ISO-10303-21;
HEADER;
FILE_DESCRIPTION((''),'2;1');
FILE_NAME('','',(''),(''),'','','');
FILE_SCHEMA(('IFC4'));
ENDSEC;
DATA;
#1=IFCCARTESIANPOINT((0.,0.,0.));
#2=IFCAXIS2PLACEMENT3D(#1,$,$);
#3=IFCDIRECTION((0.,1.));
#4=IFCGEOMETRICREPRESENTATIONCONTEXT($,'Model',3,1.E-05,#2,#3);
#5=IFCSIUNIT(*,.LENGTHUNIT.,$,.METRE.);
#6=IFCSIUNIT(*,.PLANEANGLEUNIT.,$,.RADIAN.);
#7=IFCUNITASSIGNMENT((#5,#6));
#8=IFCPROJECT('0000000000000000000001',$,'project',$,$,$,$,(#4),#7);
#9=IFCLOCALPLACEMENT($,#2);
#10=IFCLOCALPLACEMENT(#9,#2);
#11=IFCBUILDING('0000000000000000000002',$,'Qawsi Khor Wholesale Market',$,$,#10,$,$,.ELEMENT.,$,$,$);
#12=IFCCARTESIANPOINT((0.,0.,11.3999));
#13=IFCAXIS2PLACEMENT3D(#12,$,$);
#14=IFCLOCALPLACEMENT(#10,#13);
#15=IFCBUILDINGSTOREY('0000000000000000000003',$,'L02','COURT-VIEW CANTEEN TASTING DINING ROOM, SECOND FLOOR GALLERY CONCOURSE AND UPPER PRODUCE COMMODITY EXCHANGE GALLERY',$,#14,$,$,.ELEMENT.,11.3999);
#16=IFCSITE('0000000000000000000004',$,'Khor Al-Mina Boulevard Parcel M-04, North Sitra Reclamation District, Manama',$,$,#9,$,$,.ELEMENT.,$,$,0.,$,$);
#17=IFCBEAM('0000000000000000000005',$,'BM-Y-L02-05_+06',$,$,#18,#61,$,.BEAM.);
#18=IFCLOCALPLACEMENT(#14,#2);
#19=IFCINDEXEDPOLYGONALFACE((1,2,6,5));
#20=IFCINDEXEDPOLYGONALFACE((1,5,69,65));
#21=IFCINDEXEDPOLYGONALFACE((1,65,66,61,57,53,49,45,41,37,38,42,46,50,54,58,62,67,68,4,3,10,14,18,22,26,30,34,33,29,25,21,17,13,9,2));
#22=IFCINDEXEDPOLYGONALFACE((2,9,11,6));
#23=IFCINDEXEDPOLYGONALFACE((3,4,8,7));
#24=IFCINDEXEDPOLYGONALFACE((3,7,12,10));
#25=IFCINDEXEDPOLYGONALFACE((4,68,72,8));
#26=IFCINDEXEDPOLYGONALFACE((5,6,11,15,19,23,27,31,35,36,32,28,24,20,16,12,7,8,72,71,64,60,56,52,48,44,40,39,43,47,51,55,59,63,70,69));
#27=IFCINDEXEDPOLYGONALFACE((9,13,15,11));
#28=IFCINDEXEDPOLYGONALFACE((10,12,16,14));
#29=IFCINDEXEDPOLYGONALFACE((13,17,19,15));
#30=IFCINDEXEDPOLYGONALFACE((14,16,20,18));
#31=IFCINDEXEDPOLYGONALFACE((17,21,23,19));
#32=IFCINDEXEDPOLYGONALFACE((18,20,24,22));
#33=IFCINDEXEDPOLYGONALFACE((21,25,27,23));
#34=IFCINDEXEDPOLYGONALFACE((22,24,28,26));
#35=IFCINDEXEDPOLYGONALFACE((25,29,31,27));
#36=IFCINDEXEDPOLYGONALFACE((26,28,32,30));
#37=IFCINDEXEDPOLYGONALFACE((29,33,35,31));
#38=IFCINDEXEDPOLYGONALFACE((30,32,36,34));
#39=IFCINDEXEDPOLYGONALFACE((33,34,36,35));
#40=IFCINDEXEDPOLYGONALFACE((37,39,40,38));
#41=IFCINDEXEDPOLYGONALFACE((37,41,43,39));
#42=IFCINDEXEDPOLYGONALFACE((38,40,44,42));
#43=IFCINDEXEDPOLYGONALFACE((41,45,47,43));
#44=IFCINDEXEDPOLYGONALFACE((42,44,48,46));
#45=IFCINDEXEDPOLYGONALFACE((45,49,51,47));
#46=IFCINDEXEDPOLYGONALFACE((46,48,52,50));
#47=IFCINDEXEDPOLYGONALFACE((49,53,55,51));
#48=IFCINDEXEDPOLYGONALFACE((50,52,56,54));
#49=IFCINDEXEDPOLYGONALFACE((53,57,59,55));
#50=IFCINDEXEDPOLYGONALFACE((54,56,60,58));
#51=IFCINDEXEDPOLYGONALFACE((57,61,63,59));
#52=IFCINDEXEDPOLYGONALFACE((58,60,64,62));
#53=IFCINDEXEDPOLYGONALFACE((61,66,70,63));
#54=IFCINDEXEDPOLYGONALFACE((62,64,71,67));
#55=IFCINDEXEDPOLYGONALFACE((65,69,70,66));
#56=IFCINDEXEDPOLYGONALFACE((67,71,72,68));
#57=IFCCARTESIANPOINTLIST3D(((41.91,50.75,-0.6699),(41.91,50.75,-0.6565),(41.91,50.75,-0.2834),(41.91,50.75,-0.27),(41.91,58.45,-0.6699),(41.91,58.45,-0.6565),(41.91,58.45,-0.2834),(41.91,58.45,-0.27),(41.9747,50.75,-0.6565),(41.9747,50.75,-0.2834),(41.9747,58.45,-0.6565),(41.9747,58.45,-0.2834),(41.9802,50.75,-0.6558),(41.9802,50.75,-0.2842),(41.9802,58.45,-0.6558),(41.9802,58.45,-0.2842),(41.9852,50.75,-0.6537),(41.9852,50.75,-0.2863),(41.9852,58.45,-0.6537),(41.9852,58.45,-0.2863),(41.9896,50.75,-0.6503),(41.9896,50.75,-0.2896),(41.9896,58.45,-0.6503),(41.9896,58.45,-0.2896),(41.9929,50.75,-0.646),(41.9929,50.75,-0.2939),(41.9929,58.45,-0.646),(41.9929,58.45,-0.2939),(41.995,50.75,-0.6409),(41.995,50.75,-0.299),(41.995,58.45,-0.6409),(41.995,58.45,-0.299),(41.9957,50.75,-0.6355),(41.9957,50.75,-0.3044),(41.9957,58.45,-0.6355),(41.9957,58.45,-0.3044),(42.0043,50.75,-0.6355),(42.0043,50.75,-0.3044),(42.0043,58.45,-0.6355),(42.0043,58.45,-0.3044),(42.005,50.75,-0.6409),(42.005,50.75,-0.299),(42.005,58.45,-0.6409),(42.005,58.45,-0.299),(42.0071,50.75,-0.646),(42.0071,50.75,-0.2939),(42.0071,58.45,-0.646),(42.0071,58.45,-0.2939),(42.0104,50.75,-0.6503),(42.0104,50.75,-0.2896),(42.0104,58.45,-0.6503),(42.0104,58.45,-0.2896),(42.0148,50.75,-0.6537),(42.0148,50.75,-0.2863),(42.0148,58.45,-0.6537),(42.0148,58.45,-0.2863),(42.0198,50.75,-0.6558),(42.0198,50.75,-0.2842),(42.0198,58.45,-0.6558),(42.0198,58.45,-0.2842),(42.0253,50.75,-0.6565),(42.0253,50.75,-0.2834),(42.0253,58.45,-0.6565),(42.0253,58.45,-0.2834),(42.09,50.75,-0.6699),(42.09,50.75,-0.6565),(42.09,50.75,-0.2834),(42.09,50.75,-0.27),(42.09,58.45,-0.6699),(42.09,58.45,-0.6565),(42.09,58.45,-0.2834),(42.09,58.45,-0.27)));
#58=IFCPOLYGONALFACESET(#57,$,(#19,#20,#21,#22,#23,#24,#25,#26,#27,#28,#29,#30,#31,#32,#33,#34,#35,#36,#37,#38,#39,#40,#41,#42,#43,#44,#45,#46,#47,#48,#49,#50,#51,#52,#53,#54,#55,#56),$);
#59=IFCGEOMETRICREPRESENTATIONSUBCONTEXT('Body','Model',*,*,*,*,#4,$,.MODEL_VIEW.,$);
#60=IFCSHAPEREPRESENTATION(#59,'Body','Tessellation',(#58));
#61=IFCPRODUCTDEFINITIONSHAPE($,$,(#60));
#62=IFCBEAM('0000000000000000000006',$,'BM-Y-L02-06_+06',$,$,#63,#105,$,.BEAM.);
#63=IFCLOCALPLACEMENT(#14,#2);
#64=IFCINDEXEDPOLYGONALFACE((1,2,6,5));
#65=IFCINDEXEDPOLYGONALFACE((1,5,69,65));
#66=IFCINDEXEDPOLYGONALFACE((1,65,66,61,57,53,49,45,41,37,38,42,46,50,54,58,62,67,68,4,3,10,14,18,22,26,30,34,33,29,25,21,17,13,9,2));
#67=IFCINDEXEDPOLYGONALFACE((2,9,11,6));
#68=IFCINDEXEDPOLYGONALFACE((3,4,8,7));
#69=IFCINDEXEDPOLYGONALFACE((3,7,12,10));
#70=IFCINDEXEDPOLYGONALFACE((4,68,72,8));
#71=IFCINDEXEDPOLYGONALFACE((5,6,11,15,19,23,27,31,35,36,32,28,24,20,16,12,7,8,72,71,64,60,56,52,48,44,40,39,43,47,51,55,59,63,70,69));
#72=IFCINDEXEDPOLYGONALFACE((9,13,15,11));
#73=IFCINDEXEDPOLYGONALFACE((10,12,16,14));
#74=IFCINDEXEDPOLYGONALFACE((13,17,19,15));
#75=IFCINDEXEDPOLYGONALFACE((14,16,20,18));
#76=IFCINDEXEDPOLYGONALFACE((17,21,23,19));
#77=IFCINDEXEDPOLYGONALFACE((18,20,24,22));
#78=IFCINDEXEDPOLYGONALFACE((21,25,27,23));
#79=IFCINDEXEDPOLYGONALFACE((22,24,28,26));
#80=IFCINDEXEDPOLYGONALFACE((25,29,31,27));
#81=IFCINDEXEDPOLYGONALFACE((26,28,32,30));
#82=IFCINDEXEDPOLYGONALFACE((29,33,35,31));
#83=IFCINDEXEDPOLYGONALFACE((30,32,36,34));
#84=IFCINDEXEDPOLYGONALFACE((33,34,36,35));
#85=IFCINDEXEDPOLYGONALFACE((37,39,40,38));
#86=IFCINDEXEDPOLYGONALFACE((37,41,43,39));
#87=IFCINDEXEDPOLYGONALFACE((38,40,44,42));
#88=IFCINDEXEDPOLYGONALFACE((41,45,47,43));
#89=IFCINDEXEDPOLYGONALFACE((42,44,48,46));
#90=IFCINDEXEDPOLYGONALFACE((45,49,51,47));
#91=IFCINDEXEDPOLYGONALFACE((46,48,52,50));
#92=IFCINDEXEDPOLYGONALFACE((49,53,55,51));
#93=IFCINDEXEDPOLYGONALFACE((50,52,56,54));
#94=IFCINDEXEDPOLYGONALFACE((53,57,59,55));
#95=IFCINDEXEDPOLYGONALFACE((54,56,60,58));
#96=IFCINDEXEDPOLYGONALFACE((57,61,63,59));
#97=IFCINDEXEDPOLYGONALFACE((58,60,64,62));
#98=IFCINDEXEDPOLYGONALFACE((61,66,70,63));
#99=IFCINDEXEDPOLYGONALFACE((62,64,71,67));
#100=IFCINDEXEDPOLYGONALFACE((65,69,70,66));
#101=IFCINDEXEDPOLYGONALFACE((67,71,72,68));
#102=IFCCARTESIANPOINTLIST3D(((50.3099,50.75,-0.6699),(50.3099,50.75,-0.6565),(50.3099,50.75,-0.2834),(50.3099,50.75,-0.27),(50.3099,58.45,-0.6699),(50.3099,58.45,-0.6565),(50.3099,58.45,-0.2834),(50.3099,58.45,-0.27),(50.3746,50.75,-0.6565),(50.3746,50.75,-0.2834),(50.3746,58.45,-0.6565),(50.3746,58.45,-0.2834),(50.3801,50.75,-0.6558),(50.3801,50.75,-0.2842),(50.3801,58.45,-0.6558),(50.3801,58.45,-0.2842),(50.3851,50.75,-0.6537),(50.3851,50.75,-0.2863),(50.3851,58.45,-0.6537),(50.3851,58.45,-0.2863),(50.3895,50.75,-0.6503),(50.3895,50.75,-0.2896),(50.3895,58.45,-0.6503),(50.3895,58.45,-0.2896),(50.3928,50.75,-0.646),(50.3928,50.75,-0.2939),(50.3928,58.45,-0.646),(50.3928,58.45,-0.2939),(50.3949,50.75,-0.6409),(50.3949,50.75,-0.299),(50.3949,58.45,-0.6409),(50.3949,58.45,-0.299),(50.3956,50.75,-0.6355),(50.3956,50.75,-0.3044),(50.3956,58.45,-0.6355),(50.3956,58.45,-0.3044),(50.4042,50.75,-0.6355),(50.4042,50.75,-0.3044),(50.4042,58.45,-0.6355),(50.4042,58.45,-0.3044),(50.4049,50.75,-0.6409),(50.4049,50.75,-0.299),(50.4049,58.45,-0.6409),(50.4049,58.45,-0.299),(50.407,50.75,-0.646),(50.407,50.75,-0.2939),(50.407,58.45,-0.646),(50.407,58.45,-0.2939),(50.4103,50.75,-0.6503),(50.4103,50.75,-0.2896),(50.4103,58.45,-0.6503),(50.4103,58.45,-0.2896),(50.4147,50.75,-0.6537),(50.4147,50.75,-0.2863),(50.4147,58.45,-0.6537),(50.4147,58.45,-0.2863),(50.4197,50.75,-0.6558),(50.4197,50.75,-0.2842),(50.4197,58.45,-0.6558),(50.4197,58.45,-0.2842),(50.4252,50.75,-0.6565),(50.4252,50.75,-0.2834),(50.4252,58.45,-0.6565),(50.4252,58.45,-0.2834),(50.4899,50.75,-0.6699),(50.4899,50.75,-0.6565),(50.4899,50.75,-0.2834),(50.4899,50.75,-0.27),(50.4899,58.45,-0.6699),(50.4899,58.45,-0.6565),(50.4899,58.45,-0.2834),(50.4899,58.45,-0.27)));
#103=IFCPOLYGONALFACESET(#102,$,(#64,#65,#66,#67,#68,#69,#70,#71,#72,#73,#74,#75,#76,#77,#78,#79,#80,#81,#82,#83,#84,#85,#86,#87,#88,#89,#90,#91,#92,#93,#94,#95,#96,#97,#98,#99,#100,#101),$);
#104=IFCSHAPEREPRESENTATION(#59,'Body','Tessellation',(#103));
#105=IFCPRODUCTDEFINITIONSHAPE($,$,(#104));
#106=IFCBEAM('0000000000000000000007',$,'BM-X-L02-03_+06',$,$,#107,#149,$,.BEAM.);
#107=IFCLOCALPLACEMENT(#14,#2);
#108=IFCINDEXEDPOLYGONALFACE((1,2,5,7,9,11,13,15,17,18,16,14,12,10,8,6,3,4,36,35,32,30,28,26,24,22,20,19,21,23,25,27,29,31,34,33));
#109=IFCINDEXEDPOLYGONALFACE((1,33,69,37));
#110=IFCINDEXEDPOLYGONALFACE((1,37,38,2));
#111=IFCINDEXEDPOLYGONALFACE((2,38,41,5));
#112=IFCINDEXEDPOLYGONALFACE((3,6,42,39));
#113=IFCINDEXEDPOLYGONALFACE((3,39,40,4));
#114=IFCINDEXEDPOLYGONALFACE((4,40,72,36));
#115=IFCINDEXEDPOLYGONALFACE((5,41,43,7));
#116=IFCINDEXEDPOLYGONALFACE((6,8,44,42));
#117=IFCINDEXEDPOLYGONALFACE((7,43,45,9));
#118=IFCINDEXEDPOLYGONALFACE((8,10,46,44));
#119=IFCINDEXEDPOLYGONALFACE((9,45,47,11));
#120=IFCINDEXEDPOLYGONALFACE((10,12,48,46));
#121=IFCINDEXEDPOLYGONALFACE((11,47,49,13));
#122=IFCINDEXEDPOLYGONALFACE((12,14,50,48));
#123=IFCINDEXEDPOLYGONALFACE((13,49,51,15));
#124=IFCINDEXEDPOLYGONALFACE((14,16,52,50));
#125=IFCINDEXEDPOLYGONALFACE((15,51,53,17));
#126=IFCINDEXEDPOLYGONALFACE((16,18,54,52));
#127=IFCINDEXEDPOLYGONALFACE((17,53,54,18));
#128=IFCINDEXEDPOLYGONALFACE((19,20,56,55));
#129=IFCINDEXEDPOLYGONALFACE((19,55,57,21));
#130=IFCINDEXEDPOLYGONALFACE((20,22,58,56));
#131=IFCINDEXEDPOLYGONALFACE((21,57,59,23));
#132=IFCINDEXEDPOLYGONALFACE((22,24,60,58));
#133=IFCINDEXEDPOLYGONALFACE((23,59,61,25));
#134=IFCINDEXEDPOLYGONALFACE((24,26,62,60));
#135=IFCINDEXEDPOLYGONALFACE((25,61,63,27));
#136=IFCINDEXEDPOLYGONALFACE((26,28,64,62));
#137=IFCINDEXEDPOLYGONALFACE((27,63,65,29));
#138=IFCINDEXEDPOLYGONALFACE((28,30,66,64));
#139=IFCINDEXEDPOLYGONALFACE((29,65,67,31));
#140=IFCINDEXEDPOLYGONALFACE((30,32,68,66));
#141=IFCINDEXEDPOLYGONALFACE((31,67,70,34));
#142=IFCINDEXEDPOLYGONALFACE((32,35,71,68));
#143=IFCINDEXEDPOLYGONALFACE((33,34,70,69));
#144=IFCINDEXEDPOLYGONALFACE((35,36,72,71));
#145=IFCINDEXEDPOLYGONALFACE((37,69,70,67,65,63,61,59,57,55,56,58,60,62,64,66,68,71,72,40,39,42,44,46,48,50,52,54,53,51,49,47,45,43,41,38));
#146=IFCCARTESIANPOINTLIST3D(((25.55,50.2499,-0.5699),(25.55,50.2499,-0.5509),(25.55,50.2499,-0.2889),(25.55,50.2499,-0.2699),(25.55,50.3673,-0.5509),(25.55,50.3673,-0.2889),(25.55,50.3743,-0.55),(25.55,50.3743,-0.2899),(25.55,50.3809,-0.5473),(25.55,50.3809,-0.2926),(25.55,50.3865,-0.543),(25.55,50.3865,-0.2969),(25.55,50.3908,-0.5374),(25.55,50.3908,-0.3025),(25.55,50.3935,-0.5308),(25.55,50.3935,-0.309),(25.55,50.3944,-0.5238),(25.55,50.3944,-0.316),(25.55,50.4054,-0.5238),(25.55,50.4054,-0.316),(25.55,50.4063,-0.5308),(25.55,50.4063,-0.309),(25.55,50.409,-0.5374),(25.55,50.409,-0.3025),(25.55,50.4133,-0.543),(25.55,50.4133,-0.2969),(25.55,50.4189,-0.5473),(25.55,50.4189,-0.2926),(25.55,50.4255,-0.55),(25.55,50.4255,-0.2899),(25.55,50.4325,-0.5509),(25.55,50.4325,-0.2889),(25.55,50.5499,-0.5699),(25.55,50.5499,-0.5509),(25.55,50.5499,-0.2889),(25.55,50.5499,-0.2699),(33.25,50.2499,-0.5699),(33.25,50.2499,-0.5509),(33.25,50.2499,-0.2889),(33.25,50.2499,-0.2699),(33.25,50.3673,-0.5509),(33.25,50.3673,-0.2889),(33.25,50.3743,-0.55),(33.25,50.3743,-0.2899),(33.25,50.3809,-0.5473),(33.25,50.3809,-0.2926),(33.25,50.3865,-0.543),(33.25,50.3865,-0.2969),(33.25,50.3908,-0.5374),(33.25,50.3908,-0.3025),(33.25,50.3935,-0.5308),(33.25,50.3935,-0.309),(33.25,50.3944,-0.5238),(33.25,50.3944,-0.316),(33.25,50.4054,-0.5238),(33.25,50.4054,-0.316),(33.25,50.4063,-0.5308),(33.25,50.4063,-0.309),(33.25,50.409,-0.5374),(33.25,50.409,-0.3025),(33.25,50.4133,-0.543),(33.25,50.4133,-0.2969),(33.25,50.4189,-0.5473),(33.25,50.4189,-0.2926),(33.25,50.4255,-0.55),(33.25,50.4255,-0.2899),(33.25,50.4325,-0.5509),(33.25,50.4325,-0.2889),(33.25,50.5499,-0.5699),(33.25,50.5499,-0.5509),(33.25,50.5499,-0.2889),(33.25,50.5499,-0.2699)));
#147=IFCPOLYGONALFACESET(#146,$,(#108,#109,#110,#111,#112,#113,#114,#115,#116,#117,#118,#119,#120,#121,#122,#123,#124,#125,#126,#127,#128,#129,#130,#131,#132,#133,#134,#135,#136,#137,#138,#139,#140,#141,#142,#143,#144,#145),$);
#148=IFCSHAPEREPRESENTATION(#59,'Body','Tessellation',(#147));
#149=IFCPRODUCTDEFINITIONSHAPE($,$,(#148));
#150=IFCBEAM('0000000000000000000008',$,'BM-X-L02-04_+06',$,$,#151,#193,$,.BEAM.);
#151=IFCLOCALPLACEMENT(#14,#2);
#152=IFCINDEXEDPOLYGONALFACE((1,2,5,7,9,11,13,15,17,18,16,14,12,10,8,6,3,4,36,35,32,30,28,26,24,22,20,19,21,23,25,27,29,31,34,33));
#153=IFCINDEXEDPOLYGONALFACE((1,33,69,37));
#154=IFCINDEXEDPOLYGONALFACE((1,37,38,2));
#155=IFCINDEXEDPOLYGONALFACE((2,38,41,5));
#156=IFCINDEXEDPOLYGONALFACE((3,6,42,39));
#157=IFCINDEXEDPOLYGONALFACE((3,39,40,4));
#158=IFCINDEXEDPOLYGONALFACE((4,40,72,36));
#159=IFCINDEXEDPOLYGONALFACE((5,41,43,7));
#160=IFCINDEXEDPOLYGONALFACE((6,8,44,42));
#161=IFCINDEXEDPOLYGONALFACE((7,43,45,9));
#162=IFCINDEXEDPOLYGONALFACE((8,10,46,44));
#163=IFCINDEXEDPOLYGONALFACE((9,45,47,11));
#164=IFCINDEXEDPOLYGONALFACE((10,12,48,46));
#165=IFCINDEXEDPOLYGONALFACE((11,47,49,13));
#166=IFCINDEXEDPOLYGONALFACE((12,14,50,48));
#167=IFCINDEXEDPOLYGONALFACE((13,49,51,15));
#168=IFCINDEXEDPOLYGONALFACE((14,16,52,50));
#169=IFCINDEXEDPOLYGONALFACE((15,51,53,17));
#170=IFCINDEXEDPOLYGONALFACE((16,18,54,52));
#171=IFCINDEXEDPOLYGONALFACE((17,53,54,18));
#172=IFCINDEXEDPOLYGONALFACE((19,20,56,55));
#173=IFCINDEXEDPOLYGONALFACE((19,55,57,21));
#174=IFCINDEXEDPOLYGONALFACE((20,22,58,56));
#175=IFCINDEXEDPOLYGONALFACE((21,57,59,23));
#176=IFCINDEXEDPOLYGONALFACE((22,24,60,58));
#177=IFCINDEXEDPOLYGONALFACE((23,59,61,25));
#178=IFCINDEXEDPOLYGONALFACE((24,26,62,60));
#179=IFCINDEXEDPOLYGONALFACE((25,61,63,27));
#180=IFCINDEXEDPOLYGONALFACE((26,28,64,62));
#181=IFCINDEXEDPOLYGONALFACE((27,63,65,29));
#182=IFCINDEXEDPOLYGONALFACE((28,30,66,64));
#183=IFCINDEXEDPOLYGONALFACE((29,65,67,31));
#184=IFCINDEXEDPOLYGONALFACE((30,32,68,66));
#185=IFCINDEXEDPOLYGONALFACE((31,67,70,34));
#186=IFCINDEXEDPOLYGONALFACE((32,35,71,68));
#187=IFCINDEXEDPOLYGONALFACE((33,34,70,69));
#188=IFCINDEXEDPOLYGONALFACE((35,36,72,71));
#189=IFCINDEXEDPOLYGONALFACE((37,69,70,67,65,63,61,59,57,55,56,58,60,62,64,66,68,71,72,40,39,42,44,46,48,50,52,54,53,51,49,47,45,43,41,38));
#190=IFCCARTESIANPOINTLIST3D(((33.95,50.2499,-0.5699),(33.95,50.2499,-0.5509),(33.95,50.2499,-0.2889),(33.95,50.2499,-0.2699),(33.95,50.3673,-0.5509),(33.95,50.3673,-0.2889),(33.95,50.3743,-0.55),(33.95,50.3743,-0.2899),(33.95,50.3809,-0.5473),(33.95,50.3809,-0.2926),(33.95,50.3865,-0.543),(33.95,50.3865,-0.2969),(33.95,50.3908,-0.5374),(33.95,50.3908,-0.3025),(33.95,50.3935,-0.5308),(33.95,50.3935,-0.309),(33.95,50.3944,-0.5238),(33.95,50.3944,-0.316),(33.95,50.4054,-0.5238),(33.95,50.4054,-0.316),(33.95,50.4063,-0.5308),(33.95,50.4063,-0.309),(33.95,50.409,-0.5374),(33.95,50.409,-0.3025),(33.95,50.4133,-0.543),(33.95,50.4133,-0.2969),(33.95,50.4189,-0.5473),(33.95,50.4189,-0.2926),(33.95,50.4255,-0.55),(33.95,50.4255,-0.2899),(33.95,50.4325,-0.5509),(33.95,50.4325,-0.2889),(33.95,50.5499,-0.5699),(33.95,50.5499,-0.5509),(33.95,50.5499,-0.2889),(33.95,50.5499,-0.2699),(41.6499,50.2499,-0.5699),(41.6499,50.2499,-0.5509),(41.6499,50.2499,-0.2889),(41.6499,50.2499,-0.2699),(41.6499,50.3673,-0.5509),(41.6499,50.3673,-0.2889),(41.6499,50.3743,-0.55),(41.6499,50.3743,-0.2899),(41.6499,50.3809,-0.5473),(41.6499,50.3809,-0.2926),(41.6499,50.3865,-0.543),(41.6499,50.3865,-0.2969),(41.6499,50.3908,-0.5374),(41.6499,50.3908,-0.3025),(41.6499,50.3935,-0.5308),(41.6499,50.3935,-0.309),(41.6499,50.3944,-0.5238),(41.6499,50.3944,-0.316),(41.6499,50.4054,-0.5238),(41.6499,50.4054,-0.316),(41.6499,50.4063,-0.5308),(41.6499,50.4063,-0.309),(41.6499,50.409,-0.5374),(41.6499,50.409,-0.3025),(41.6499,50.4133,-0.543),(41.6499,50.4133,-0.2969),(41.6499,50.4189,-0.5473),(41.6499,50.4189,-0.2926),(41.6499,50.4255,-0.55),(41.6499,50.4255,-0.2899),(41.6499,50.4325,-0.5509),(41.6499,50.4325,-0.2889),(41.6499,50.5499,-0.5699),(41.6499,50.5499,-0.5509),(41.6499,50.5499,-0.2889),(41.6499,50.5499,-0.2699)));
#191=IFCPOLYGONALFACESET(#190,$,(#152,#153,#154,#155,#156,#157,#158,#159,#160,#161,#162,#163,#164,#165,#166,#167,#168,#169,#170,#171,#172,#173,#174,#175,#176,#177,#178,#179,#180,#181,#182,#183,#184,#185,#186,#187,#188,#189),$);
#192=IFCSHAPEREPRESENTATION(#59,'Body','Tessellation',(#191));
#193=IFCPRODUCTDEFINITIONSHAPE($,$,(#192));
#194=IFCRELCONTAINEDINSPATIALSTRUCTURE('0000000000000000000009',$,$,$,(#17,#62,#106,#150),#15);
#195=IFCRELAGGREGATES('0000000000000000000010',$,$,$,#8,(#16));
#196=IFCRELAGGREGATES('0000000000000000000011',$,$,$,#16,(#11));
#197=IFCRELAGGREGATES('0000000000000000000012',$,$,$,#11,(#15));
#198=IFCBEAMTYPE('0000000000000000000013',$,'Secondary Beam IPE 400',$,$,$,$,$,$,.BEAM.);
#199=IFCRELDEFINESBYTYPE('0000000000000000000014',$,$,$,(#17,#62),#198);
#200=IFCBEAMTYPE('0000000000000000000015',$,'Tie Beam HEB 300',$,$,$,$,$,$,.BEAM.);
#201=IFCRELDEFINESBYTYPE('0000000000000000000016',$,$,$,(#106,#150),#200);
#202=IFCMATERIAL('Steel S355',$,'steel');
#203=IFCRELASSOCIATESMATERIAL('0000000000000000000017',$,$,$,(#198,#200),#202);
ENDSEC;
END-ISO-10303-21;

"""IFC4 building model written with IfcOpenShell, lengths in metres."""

from ifc_helpers import new_model, si_unit, direction, frame, origin, origin_2d, place, context, subcontext, project, spatial, i_section, extrude, material, material_profile, profile_set, type_object, element, save


model = new_model("IFC4")

# Units and contexts
model_context = context("Model", 3, precision=1e-05, world=origin(), true_north=direction((0.0, 1.0)))
body_context = subcontext(model_context, "Body", "Model", "MODEL_VIEW")
ifc_project = project(units=[si_unit("LENGTHUNIT", "METRE"), si_unit("PLANEANGLEUNIT", "RADIAN")], contexts=[model_context])

# Site, building, storey
site_placement = place(None, origin())
site = spatial("IfcSite", under=ifc_project, at=site_placement, Name="Khor Al-Mina Boulevard Parcel M-04, North Sitra Reclamation District, Manama", CompositionType="ELEMENT", RefElevation=0.0)
building_placement = place(site_placement, origin())
building = spatial("IfcBuilding", under=site, at=building_placement, Name="Qawsi Khor Wholesale Market", CompositionType="ELEMENT")
storey_placement = place(building_placement, frame((0.0, 0.0, 11.3999)))
storey = spatial("IfcBuildingStorey", under=building, at=storey_placement, Name="L02", Description="COURT-VIEW CANTEEN TASTING DINING ROOM, SECOND FLOOR GALLERY CONCOURSE AND UPPER PRODUCE COMMODITY EXCHANGE GALLERY", CompositionType="ELEMENT", Elevation=11.3999)

# Beams
ifc_material_1 = material(Name="Steel S355", Category="steel")
ifc_material_profile_1 = material_profile(ifc_material_1, i_section(OverallWidth=0.1799, OverallDepth=0.3999, WebThickness=0.0085, FlangeThickness=0.0134, FilletRadius=0.021, at=origin_2d()), Name="IPE 400")
ifc_profile_set_1 = profile_set([ifc_material_profile_1], Name="Steel S355")
beam_type_1 = type_object("IfcBeamType", Name="Secondary Beam IPE 400", PredefinedType="BEAM", material=ifc_profile_set_1)
for number, where, z_axis, x_axis, name in (
    (1, (42.0, 50.75, -0.47), (0.0, 1.0, 0.0), (-1.0, 0.0, 0.0), "BM-Y-L02-05_+06"),
    (2, (50.3999, 50.75, -0.47), (0.0, 1.0, 0.0), (-1.0, 0.0, 0.0), "BM-Y-L02-06_+06"),
):
    element("IfcBeam", number, at=place(storey_placement, frame(where, z_axis=z_axis, x_axis=x_axis)), inside=storey, type_object=beam_type_1, Name=name, PredefinedType="BEAM", context=body_context, shape_type="SweptSolid", body=[
        extrude(i_section(OverallWidth=0.1799, OverallDepth=0.3999, WebThickness=0.0085, FlangeThickness=0.0134, FilletRadius=0.021, at=origin_2d()), origin(), (0.0, 0.0, 1.0), 7.7),
    ])
ifc_material_profile_2 = material_profile(ifc_material_1, i_section(OverallWidth=0.3, OverallDepth=0.3, WebThickness=0.011, FlangeThickness=0.019, FilletRadius=0.0271, at=origin_2d()), Name="HEB 300")
ifc_profile_set_2 = profile_set([ifc_material_profile_2], Name="Steel S355")
beam_type_2 = type_object("IfcBeamType", Name="Tie Beam HEB 300", PredefinedType="BEAM", material=ifc_profile_set_2)
for number, where, z_axis, x_axis, name in (
    (3, (25.55, 50.3999, -0.4199), (1.0, 0.0, 0.0), (0.0, 1.0, 0.0), "BM-X-L02-03_+06"),
    (4, (33.95, 50.3999, -0.4199), (1.0, 0.0, 0.0), (0.0, 1.0, 0.0), "BM-X-L02-04_+06"),
):
    element("IfcBeam", number, at=place(storey_placement, frame(where, z_axis=z_axis, x_axis=x_axis)), inside=storey, type_object=beam_type_2, Name=name, PredefinedType="BEAM", context=body_context, shape_type="SweptSolid", body=[
        extrude(i_section(OverallWidth=0.3, OverallDepth=0.3, WebThickness=0.011, FlangeThickness=0.019, FilletRadius=0.0271, at=origin_2d()), origin(), (0.0, 0.0, 1.0), 7.7),
    ])

save(model, "model.ifc")
